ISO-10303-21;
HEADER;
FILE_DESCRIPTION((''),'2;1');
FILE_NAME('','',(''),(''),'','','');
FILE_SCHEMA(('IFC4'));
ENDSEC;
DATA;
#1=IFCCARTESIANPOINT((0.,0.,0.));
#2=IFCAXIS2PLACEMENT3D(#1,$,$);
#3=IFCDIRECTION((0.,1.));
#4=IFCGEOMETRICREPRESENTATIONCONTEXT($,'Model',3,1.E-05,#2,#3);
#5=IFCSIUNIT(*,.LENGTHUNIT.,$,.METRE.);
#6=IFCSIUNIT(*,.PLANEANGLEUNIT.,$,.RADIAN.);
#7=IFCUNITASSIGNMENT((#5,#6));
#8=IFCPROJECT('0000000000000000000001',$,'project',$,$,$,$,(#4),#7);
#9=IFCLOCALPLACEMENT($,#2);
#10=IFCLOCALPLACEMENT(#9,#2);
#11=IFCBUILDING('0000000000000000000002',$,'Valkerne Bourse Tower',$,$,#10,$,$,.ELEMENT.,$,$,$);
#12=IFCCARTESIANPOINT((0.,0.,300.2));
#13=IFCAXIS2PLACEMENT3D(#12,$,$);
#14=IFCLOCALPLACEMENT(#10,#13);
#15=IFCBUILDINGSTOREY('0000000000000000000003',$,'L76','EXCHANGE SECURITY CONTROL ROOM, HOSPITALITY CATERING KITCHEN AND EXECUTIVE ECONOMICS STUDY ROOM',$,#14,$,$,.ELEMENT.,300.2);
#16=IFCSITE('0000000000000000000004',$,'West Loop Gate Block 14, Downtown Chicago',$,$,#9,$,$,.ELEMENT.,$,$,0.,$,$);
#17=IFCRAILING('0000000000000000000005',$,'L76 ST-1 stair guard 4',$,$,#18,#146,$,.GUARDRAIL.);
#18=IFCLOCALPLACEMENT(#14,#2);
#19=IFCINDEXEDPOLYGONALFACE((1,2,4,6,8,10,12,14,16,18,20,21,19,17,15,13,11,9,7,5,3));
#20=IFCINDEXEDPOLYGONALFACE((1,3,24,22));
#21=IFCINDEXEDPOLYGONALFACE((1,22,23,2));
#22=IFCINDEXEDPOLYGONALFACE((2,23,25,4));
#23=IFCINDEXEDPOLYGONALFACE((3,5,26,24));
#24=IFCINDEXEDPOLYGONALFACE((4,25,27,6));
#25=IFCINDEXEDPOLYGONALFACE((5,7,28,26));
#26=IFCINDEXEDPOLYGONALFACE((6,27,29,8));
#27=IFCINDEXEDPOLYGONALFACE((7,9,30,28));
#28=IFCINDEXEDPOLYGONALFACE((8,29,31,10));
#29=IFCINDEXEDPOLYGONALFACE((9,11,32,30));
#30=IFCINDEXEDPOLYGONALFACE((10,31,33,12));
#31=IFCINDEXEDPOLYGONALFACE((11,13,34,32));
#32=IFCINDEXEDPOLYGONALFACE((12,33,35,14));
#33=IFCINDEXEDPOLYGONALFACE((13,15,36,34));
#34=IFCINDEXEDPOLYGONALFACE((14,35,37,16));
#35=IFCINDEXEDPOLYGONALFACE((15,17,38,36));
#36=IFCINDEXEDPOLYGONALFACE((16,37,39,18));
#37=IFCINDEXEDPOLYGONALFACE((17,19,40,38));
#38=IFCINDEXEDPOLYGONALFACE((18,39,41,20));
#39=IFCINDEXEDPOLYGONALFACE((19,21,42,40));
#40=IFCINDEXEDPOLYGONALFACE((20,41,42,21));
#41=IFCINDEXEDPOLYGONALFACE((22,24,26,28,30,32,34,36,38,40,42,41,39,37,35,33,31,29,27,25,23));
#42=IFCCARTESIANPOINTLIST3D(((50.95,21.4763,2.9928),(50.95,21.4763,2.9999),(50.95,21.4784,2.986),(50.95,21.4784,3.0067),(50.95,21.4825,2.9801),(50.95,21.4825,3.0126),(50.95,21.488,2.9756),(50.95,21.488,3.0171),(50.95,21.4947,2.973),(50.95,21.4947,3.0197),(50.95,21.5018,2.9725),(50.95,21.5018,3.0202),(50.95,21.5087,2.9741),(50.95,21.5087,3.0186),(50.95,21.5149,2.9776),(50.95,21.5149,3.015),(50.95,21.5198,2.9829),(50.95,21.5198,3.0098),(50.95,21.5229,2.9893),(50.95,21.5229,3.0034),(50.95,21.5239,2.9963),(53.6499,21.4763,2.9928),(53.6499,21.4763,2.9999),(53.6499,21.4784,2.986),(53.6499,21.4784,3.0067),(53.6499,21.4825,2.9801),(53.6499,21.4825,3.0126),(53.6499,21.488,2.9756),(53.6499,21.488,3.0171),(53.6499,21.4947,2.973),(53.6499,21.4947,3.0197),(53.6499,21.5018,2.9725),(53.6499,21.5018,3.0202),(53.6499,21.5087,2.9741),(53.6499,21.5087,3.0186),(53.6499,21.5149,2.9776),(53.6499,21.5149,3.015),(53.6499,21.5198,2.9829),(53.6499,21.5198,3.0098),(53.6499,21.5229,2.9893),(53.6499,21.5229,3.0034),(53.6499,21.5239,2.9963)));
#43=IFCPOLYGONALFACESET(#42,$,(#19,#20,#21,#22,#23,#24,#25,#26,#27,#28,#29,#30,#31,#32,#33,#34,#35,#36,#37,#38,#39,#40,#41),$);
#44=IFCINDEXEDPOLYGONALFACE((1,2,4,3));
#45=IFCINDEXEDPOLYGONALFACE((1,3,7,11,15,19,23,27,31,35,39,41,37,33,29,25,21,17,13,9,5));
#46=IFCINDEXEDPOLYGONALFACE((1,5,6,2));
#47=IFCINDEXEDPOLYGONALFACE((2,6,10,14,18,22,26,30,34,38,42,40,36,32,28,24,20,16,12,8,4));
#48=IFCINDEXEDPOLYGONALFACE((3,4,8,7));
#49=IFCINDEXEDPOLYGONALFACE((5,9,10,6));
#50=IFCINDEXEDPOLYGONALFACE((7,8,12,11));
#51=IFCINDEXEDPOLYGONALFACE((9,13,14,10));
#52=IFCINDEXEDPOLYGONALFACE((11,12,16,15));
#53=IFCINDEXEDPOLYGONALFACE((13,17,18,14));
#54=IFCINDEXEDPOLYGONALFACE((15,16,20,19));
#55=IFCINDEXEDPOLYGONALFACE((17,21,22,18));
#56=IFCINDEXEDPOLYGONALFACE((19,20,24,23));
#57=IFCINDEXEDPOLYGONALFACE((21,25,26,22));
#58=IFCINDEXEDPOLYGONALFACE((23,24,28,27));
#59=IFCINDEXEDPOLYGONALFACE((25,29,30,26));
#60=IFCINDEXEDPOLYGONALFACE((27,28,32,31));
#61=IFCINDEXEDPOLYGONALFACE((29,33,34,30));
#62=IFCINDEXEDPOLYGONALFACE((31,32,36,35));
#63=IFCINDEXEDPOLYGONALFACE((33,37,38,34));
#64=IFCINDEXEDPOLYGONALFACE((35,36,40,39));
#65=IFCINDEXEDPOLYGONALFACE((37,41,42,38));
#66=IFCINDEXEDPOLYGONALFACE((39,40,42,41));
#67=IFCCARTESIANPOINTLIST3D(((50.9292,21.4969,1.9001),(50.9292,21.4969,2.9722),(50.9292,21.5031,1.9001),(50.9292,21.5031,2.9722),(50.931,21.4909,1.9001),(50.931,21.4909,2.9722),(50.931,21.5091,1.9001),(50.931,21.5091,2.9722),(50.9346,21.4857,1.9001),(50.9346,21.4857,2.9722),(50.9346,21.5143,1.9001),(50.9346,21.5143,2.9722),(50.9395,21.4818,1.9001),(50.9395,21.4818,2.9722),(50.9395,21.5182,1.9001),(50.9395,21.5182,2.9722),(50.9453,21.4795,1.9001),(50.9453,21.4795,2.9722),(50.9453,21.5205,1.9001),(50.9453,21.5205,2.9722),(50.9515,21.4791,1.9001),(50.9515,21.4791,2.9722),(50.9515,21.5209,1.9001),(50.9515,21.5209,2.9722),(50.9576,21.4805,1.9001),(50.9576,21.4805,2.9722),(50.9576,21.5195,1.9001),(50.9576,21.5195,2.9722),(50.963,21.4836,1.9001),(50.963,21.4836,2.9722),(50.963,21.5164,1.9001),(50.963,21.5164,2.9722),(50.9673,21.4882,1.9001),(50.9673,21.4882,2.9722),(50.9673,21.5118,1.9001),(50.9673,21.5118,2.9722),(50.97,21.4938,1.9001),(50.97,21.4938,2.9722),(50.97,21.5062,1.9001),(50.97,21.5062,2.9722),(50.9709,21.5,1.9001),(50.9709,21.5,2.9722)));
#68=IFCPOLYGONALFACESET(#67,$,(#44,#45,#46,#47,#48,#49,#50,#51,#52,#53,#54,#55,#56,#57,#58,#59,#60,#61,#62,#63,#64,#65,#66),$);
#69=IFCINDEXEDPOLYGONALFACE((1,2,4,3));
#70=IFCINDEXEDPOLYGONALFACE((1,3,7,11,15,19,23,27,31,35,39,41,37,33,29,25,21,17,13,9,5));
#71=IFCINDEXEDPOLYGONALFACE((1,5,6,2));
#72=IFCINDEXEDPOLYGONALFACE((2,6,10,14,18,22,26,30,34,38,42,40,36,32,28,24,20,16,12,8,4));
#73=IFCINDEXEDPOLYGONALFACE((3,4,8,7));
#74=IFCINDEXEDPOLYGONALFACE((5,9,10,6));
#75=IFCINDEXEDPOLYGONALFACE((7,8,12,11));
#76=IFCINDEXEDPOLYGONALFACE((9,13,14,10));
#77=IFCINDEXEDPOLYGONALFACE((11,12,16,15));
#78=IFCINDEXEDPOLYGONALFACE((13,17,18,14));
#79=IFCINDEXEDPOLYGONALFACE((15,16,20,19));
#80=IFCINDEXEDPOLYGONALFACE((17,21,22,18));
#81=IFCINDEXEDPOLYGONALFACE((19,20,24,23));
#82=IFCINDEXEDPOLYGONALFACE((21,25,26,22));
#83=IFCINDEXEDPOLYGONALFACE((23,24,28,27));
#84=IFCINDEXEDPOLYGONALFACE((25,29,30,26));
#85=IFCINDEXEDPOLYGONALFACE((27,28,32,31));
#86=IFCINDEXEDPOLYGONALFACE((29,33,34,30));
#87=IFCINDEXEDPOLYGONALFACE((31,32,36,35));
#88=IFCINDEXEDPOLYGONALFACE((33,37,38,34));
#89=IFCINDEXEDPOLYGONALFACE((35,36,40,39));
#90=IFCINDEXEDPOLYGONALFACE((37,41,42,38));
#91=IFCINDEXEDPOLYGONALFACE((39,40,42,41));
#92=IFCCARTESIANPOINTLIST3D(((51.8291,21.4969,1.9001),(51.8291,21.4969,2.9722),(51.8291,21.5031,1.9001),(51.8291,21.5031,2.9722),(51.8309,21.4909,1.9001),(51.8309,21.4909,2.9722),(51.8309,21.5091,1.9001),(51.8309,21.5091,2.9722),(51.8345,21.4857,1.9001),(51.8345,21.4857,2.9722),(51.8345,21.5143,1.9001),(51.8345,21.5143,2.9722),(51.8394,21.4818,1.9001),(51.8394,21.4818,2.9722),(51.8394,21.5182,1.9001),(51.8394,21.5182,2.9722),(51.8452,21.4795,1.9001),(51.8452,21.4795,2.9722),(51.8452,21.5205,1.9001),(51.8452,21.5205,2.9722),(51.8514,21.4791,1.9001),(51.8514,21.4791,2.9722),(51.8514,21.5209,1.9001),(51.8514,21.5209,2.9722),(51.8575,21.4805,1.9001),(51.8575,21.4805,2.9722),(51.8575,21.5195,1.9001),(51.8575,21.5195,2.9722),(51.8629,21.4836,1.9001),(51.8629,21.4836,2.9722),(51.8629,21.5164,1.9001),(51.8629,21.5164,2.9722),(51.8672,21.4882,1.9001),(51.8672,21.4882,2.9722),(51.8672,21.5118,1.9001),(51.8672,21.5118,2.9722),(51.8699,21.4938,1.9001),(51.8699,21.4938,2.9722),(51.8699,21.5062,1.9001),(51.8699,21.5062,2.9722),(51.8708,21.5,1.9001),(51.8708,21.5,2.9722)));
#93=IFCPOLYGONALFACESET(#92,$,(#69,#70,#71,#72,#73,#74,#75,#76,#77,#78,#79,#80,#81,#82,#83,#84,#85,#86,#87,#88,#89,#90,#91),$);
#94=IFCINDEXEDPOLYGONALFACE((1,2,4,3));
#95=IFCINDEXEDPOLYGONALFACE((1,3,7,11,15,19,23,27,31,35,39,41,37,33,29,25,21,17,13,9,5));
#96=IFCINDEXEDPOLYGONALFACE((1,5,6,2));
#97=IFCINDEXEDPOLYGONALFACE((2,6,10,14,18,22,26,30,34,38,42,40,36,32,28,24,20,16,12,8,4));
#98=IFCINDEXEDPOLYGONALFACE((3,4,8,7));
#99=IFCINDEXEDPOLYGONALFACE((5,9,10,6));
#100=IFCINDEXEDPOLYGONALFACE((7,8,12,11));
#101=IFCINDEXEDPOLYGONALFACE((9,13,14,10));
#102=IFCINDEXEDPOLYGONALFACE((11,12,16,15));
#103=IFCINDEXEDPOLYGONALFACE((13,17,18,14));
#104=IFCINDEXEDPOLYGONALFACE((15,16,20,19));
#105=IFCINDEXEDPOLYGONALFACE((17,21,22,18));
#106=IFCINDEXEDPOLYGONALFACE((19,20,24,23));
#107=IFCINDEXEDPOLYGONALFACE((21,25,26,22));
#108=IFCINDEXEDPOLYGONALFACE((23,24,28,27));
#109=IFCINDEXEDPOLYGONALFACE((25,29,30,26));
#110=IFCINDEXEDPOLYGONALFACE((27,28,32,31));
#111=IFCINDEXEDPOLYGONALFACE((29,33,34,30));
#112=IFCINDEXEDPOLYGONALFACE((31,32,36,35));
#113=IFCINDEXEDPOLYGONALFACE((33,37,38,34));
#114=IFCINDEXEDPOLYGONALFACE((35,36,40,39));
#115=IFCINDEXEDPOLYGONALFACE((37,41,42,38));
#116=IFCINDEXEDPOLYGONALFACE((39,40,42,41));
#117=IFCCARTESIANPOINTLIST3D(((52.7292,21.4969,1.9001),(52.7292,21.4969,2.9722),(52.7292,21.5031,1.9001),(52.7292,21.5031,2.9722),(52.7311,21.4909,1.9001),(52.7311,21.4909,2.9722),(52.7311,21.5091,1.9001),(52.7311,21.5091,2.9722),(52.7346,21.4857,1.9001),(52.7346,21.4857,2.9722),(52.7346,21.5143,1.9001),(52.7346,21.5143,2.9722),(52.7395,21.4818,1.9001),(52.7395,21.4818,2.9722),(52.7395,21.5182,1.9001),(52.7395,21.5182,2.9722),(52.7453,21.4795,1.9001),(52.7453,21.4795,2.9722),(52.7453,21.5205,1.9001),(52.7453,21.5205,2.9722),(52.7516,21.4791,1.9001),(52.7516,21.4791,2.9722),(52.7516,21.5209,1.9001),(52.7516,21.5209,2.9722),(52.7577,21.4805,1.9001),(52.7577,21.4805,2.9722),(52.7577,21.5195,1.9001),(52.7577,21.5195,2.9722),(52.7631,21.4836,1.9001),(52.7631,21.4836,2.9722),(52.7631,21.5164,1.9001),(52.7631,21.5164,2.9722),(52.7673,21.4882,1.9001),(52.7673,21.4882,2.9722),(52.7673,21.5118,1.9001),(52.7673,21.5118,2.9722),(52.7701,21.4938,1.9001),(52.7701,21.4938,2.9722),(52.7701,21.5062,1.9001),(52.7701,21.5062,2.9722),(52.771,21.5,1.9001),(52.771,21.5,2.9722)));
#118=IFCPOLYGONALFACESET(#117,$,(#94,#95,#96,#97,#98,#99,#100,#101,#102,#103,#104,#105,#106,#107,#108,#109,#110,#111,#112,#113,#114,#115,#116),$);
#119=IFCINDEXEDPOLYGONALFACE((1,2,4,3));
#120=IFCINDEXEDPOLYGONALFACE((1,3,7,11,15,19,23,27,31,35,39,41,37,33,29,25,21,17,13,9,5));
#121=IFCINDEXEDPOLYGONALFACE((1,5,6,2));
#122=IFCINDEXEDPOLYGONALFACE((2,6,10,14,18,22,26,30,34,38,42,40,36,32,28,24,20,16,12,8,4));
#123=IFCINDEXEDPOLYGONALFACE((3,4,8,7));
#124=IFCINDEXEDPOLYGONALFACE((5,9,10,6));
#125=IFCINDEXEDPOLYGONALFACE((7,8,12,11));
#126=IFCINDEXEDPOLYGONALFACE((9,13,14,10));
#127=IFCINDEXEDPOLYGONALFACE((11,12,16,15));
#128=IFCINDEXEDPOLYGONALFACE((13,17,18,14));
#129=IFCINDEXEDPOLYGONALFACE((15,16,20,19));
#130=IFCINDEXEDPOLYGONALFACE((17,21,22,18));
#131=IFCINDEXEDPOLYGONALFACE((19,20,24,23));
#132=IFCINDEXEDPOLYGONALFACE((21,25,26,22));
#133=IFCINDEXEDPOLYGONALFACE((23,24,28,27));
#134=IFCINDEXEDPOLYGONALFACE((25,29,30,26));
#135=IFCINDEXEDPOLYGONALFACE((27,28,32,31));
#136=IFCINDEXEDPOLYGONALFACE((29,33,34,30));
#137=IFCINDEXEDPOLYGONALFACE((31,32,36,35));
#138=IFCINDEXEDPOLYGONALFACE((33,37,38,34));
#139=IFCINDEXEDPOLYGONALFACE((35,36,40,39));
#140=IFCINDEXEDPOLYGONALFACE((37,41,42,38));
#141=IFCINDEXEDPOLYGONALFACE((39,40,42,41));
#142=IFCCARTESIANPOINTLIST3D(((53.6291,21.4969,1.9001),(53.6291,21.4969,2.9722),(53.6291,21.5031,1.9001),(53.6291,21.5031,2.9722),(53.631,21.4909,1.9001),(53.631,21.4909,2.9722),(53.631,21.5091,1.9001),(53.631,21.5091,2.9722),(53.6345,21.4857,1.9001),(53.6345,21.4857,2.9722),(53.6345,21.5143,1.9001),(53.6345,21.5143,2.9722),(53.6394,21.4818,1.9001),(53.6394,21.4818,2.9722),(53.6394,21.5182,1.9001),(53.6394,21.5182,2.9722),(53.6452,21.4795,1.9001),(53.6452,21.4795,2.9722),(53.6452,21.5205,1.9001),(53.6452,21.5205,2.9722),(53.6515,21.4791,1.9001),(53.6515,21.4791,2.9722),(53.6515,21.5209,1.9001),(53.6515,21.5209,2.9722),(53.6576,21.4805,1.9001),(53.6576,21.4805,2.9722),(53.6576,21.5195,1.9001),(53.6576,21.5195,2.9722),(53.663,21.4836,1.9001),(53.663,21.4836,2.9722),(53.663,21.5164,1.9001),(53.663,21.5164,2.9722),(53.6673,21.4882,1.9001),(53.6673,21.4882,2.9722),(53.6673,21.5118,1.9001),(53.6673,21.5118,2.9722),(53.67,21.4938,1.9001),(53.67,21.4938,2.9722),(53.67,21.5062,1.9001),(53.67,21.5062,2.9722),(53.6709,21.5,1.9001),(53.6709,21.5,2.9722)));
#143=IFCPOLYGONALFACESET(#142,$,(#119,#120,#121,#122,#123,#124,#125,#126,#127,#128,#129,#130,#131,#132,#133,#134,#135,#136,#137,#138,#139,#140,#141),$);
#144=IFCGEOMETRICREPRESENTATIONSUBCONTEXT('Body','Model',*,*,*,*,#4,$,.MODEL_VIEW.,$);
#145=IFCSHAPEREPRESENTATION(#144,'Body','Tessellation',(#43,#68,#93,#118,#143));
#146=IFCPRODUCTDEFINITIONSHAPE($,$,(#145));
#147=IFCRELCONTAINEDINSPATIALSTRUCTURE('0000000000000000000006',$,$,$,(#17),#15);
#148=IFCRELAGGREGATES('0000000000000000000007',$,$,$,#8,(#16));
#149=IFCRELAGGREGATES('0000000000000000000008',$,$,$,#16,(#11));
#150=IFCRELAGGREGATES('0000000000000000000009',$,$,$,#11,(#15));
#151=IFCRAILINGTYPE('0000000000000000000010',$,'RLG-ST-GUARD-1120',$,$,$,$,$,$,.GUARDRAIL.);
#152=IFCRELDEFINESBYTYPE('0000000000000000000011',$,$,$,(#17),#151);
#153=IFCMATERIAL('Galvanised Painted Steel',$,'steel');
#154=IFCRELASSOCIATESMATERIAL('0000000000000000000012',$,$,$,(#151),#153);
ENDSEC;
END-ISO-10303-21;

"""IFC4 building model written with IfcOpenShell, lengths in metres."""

from ifc_helpers import new_model, si_unit, direction, frame, origin, origin_2d, place, context, subcontext, project, spatial, circle, extrude, material, type_object, element, save


model = new_model("IFC4")

# Units and contexts
model_context = context("Model", 3, precision=1e-05, world=origin(), true_north=direction((0.0, 1.0)))
body_context = subcontext(model_context, "Body", "Model", "MODEL_VIEW")
ifc_project = project(units=[si_unit("LENGTHUNIT", "METRE"), si_unit("PLANEANGLEUNIT", "RADIAN")], contexts=[model_context])

# Site, building, storey
site_placement = place(None, origin())
site = spatial("IfcSite", under=ifc_project, at=site_placement, Name="West Loop Gate Block 14, Downtown Chicago", CompositionType="ELEMENT", RefElevation=0.0)
building_placement = place(site_placement, origin())
building = spatial("IfcBuilding", under=site, at=building_placement, Name="Valkerne Bourse Tower", CompositionType="ELEMENT")
storey_placement = place(building_placement, frame((0.0, 0.0, 300.2)))
storey = spatial("IfcBuildingStorey", under=building, at=storey_placement, Name="L76", Description="EXCHANGE SECURITY CONTROL ROOM, HOSPITALITY CATERING KITCHEN AND EXECUTIVE ECONOMICS STUDY ROOM", CompositionType="ELEMENT", Elevation=300.2)

# Shared definitions
ifc_material_1 = material(Name="Galvanised Painted Steel", Category="steel")

# Railing
railing_type_1 = type_object("IfcRailingType", Name="RLG-ST-GUARD-1120", PredefinedType="GUARDRAIL", material=ifc_material_1)
for number, where, name in (
    (1, (50.95, 21.5, 1.9001), "L76 ST-1 stair guard 4"),
):
    element("IfcRailing", number, at=place(storey_placement, frame(where)), inside=storey, type_object=railing_type_1, Name=name, PredefinedType="GUARDRAIL", context=body_context, shape_type="SweptSolid", body=[
        extrude(circle(Radius=0.0239, at=origin_2d()), frame((0.0, 0.0, 1.0962), z_axis=(1.0, 0.0, 0.0), x_axis=(0.0, 1.0, 0.0)), (0.0, 0.0, 1.0), 2.7),
        extrude(circle(Radius=0.021, at=origin_2d()), origin(), (0.0, 0.0, 1.0), 1.072),
        extrude(circle(Radius=0.021, at=origin_2d()), frame((0.8999, 0.0, 0.0)), (0.0, 0.0, 1.0), 1.072),
        extrude(circle(Radius=0.021, at=origin_2d()), frame((1.8, 0.0, 0.0)), (0.0, 0.0, 1.0), 1.072),
        extrude(circle(Radius=0.021, at=origin_2d()), frame((2.7, 0.0, 0.0)), (0.0, 0.0, 1.0), 1.072),
    ])

save(model, "model.ifc")
